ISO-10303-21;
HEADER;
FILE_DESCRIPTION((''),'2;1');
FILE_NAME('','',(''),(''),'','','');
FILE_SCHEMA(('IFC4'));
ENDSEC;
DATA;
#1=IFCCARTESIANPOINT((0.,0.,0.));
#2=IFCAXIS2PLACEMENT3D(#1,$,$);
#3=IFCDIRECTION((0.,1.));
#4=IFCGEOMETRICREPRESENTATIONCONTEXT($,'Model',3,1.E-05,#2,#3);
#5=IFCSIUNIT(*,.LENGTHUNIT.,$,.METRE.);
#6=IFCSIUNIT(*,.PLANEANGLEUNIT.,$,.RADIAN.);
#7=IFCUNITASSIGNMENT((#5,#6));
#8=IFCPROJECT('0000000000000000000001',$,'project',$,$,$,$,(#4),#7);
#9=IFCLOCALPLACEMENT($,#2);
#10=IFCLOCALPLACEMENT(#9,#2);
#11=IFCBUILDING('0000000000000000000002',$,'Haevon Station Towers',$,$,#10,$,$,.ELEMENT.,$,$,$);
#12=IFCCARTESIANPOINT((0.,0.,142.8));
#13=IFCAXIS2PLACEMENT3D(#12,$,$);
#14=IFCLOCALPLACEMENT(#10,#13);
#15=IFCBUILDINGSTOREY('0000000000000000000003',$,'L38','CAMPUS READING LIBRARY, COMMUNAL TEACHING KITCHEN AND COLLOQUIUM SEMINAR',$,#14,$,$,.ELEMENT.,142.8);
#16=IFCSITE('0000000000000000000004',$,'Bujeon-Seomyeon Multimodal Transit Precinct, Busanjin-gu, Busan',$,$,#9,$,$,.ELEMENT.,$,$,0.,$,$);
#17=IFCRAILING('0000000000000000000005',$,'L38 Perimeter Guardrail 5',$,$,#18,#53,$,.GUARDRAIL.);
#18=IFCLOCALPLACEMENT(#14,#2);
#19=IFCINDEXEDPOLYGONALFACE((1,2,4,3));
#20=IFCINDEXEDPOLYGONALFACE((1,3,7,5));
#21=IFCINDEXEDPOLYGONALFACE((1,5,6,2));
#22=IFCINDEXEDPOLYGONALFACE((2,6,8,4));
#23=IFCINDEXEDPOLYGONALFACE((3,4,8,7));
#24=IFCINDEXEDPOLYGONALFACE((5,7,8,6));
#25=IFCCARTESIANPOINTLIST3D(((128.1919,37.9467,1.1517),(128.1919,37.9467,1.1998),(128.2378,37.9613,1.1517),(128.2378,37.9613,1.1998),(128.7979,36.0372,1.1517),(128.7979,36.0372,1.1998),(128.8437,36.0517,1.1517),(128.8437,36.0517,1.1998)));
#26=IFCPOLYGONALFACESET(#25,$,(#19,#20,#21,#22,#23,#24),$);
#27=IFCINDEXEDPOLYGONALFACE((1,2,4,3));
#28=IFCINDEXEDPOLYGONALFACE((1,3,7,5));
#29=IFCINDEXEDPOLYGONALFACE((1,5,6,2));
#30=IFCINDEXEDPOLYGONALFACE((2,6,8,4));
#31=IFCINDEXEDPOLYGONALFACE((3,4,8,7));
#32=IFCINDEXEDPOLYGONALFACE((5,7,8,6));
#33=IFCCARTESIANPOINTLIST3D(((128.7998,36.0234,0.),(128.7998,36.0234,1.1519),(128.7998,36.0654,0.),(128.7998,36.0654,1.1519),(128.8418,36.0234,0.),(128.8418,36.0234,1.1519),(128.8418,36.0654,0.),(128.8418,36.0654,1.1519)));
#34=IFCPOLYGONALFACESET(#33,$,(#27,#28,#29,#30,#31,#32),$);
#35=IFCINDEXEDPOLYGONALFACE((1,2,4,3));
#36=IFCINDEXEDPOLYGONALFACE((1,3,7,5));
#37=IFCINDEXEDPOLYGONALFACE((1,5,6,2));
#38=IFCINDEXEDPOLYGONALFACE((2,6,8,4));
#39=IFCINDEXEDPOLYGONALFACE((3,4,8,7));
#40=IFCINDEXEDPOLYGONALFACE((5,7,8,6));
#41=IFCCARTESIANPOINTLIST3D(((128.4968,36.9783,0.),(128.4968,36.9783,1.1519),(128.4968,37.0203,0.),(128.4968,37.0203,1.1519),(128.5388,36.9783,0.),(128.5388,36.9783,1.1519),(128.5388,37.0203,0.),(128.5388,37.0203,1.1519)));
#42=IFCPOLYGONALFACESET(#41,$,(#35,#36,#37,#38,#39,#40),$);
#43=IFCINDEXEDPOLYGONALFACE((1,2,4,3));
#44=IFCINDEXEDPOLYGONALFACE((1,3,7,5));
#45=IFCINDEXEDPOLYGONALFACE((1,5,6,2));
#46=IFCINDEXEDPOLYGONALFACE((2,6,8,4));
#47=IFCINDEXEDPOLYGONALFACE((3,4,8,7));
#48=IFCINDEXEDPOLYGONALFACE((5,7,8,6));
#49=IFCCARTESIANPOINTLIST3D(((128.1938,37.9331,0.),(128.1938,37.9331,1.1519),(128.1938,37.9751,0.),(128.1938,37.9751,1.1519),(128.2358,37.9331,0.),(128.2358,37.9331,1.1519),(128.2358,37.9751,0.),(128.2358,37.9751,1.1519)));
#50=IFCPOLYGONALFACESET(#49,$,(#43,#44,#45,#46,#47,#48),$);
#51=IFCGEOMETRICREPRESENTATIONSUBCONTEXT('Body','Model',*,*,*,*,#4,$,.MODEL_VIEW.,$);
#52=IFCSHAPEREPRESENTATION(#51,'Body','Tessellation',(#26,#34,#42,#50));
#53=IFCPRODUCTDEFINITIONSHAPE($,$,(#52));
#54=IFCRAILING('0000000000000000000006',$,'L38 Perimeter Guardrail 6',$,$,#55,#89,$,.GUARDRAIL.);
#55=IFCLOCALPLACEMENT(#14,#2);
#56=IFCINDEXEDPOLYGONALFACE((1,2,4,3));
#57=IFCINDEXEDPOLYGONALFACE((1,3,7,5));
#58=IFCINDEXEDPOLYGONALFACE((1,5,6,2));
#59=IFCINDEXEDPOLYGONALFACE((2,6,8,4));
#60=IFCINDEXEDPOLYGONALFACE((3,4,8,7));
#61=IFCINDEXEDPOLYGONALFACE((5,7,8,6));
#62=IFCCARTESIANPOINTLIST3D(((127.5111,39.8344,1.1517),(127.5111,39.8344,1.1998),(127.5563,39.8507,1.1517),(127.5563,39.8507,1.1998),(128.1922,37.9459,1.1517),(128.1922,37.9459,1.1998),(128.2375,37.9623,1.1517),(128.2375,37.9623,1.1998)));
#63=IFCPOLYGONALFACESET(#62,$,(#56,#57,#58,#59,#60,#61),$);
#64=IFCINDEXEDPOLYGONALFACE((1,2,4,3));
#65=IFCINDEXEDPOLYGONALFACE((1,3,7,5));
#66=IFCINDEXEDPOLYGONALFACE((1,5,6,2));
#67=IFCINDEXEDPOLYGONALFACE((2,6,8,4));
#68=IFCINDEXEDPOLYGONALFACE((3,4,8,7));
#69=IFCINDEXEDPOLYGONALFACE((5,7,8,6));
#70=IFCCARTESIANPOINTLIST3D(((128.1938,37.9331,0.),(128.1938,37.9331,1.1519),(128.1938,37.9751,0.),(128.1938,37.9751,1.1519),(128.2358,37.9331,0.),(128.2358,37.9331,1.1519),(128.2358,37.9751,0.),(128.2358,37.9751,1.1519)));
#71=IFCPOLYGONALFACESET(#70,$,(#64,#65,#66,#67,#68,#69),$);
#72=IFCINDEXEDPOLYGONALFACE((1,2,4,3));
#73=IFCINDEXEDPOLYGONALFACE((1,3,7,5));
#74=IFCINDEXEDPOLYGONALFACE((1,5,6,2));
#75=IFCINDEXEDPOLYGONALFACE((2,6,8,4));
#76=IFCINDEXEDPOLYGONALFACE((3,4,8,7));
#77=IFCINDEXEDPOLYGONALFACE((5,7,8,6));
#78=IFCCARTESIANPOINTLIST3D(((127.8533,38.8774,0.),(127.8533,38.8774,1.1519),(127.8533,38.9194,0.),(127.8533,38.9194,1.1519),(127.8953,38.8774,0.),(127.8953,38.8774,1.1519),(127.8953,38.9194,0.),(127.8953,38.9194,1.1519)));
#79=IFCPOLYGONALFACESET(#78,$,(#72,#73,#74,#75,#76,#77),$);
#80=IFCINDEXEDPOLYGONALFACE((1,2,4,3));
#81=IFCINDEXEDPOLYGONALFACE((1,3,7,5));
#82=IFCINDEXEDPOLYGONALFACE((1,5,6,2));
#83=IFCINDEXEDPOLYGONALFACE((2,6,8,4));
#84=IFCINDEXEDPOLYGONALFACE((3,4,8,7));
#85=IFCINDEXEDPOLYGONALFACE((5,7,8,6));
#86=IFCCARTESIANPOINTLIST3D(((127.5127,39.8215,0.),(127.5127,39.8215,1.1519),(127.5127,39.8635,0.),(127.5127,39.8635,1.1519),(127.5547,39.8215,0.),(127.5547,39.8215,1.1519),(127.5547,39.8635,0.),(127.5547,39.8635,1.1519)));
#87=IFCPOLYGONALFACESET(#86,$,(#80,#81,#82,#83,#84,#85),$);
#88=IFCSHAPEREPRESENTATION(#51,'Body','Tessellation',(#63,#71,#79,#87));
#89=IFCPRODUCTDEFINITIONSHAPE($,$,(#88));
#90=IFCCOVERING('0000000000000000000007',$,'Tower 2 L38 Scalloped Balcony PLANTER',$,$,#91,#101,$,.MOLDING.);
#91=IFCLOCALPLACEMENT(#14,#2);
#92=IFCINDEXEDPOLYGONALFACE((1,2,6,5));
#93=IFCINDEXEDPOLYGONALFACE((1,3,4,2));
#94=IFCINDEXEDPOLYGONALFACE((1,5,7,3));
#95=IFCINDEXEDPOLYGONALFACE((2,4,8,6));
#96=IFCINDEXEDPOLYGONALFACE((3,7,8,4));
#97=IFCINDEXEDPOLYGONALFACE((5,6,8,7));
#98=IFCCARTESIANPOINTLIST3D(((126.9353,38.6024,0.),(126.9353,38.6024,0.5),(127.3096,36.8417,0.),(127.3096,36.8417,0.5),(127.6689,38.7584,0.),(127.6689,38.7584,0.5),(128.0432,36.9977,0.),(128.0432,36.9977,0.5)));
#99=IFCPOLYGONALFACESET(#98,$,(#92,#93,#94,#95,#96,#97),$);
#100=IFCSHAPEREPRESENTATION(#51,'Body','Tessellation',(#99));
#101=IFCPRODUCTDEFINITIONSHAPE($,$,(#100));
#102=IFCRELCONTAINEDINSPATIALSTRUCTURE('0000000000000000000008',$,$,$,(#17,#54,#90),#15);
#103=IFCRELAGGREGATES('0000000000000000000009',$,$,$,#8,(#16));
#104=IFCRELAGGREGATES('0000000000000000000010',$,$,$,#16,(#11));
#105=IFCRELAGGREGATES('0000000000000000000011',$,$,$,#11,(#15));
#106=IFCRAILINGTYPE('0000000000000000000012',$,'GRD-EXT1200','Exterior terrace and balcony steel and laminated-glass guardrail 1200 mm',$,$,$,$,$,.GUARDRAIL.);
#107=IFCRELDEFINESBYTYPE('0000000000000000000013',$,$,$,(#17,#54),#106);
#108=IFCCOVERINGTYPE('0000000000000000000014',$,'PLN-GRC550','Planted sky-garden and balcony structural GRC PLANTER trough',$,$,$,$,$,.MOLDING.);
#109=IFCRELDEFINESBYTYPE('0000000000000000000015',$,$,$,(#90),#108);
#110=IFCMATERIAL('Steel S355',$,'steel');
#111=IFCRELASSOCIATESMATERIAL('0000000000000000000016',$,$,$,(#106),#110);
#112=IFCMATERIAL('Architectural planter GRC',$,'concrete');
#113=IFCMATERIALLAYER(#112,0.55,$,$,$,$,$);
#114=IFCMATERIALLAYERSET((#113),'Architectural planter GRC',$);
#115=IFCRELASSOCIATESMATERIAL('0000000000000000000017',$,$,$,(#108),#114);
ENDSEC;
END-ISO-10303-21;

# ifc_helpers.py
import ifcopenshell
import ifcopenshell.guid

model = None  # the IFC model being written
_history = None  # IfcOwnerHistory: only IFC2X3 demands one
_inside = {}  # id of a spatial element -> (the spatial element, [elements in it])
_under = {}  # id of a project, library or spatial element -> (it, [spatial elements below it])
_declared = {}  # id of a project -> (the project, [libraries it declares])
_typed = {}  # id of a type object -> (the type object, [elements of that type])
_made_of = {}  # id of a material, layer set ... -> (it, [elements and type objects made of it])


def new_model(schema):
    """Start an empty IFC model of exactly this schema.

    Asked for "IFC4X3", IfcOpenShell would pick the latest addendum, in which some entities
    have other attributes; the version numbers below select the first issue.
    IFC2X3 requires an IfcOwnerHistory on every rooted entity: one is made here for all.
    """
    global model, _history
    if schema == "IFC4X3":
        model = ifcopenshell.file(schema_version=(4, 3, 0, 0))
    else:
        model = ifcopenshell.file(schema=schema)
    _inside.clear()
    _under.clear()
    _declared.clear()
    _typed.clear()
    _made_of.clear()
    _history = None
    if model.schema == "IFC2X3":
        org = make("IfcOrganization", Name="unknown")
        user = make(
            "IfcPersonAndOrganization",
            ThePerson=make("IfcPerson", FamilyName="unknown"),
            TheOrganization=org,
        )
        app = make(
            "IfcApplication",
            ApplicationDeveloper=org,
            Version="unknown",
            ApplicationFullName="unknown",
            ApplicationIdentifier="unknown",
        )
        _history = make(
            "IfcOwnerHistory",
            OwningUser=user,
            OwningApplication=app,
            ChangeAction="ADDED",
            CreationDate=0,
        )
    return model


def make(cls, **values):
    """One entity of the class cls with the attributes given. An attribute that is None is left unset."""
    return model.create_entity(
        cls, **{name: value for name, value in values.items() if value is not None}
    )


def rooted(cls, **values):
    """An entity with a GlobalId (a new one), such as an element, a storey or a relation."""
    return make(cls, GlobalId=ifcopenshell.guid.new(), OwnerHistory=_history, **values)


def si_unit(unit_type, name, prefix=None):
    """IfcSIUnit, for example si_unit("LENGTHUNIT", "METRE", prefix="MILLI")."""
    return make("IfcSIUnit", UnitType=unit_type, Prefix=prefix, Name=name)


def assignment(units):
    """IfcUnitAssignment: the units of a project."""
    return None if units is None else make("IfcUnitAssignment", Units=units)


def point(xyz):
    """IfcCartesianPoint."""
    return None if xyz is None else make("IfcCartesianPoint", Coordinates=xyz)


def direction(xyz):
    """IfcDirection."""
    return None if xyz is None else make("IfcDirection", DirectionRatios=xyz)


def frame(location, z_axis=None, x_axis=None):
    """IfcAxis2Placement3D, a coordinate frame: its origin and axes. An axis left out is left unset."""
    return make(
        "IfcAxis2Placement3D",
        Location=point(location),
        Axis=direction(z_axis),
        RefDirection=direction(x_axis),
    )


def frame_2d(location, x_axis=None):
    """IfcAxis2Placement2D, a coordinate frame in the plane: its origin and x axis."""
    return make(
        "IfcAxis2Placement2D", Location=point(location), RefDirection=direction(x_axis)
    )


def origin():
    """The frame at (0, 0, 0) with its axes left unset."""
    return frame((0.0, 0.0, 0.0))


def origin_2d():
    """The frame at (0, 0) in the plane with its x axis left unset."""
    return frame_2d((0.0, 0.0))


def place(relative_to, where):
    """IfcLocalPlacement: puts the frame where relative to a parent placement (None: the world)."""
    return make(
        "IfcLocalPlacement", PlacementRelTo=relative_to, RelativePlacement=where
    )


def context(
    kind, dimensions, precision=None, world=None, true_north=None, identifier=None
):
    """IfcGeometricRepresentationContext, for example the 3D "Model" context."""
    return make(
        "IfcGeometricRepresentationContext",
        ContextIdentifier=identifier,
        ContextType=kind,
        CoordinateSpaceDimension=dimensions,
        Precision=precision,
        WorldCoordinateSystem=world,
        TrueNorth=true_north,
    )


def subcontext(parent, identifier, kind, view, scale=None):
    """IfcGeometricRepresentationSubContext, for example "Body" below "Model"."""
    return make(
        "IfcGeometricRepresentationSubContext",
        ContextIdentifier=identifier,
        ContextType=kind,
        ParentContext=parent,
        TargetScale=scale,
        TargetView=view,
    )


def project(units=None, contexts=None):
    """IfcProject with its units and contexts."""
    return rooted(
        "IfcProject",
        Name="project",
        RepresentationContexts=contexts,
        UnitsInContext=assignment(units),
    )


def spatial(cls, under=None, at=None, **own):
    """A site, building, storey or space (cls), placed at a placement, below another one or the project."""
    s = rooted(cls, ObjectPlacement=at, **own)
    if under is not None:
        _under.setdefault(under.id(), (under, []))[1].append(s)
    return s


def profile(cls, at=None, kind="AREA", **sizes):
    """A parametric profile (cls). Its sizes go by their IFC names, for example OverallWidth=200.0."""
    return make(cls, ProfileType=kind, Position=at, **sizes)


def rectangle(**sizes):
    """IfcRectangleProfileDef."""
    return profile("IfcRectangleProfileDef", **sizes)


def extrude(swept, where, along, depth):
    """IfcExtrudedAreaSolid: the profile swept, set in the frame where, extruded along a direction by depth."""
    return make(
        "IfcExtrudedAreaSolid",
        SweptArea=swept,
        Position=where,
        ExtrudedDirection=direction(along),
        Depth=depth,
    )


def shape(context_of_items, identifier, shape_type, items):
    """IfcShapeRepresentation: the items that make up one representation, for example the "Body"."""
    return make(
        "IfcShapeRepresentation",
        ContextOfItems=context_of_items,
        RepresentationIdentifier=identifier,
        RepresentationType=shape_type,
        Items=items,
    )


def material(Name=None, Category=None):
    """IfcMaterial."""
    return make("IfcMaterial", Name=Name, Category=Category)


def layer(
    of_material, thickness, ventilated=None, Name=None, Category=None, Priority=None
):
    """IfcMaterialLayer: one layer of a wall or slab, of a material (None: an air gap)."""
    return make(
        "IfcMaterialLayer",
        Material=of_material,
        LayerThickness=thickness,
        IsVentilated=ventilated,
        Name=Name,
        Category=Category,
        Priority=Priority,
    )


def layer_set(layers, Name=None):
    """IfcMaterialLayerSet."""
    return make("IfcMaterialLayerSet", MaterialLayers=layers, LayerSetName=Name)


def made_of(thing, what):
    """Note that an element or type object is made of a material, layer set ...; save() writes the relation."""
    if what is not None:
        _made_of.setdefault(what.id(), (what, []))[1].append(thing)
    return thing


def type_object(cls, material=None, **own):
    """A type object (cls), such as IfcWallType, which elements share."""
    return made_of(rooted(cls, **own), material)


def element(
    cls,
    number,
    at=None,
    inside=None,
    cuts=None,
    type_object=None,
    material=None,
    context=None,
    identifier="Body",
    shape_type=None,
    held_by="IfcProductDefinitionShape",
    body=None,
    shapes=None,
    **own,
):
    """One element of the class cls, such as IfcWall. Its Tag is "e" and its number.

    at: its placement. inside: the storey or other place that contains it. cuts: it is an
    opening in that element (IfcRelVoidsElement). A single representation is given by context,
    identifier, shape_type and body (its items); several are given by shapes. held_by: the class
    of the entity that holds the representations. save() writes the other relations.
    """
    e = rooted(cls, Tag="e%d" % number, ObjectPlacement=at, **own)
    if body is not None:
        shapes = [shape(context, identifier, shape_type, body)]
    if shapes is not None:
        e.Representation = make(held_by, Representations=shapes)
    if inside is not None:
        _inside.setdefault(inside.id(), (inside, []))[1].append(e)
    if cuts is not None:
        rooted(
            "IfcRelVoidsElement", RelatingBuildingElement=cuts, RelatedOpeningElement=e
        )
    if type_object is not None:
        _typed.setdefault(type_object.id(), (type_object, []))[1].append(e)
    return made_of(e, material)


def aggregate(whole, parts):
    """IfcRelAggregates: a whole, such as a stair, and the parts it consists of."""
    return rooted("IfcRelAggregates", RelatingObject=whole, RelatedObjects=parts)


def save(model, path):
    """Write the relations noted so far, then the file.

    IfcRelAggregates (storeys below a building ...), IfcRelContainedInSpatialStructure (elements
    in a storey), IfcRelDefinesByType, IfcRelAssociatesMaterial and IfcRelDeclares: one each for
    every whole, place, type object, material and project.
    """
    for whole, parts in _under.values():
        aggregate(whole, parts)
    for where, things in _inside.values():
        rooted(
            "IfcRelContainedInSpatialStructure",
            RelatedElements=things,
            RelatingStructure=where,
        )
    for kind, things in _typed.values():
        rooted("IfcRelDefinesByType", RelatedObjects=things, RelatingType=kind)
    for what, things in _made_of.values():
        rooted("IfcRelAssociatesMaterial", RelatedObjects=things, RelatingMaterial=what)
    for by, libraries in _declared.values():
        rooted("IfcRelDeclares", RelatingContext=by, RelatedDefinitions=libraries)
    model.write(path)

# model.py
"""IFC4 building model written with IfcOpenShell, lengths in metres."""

from ifc_helpers import new_model, si_unit, direction, frame, origin, origin_2d, place, context, subcontext, project, spatial, rectangle, extrude, material, layer, layer_set, type_object, element, save


model = new_model("IFC4")

# Units and contexts
model_context = context("Model", 3, precision=1e-05, world=origin(), true_north=direction((0.0, 1.0)))
body_context = subcontext(model_context, "Body", "Model", "MODEL_VIEW")
ifc_project = project(units=[si_unit("LENGTHUNIT", "METRE"), si_unit("PLANEANGLEUNIT", "RADIAN")], contexts=[model_context])

# Site, building, storey
site_placement = place(None, origin())
site = spatial("IfcSite", under=ifc_project, at=site_placement, Name="Bujeon-Seomyeon Multimodal Transit Precinct, Busanjin-gu, Busan", CompositionType="ELEMENT", RefElevation=0.0)
building_placement = place(site_placement, origin())
building = spatial("IfcBuilding", under=site, at=building_placement, Name="Haevon Station Towers", CompositionType="ELEMENT")
storey_placement = place(building_placement, frame((0.0, 0.0, 142.8)))
storey = spatial("IfcBuildingStorey", under=building, at=storey_placement, Name="L38", Description="CAMPUS READING LIBRARY, COMMUNAL TEACHING KITCHEN AND COLLOQUIUM SEMINAR", CompositionType="ELEMENT", Elevation=142.8)

# Shared definitions
ifc_material_1 = material(Name="Steel S355", Category="steel")

# Railings
railing_type = type_object("IfcRailingType", Name="GRD-EXT1200", Description="Exterior terrace and balcony steel and laminated-glass guardrail 1200 mm", PredefinedType="GUARDRAIL", material=ifc_material_1)
railing_1_placement = place(storey_placement, frame((128.8208, 36.0444, 0.0)))
element("IfcRailing", 1, at=railing_1_placement, inside=storey, type_object=railing_type, Name="L38 Perimeter Guardrail 5", PredefinedType="GUARDRAIL", context=body_context, shape_type="SweptSolid", body=[
    extrude(rectangle(XDim=0.0481, YDim=0.0481, at=origin_2d()), frame((0.0, 0.0, 1.1758), z_axis=(-0.302449, 0.953166, 0.0), x_axis=(-0.953166, -0.302449, 0.0)), (0.0, 0.0, 1.0), 2.0034),
    extrude(rectangle(XDim=0.042, YDim=0.042, at=origin_2d()), origin(), (0.0, 0.0, 1.0), 1.1519),
    extrude(rectangle(XDim=0.042, YDim=0.042, at=origin_2d()), frame((-0.303, 0.9548, 0.0)), (0.0, 0.0, 1.0), 1.1519),
    extrude(rectangle(XDim=0.042, YDim=0.042, at=origin_2d()), frame((-0.606, 1.9097, 0.0)), (0.0, 0.0, 1.0), 1.1519),
])
railing_2_placement = place(storey_placement, frame((128.2148, 37.9541, 0.0)))
element("IfcRailing", 2, at=railing_2_placement, inside=storey, type_object=railing_type, Name="L38 Perimeter Guardrail 6", PredefinedType="GUARDRAIL", context=body_context, shape_type="SweptSolid", body=[
    extrude(rectangle(XDim=0.0481, YDim=0.0481, at=origin_2d()), frame((0.0, 0.0, 1.1758), z_axis=(-0.339301, 0.940678, 0.0), x_axis=(-0.940678, -0.339301, 0.0)), (0.0, 0.0, 1.0), 2.0076),
    extrude(rectangle(XDim=0.042, YDim=0.042, at=origin_2d()), origin(), (0.0, 0.0, 1.0), 1.1519),
    extrude(rectangle(XDim=0.042, YDim=0.042, at=origin_2d()), frame((-0.3406, 0.9443, 0.0)), (0.0, 0.0, 1.0), 1.1519),
    extrude(rectangle(XDim=0.042, YDim=0.042, at=origin_2d()), frame((-0.6812, 1.8884, 0.0)), (0.0, 0.0, 1.0), 1.1519),
])

# Covering
ifc_material_2 = material(Name="Architectural planter GRC", Category="concrete")
ifc_layer_1 = layer(ifc_material_2, 0.55)
ifc_layer_set_1 = layer_set([ifc_layer_1], Name="Architectural planter GRC")
covering_type = type_object("IfcCoveringType", Name="PLN-GRC550", Description="Planted sky-garden and balcony structural GRC PLANTER trough", PredefinedType="MOLDING", material=ifc_layer_set_1)
covering_placement = place(storey_placement, frame((127.4893, 37.8, 0.0), z_axis=(0.0, 0.0, 1.0), x_axis=(0.978148, 0.207912, 0.0)))
element("IfcCovering", 3, at=covering_placement, inside=storey, type_object=covering_type, Name="Tower 2 L38 Scalloped Balcony PLANTER", PredefinedType="MOLDING", context=body_context, shape_type="SweptSolid", body=[
    extrude(rectangle(XDim=0.75, YDim=1.8, at=origin_2d()), origin(), (0.0, 0.0, 1.0), 0.5),
])

save(model, "model.ifc")
